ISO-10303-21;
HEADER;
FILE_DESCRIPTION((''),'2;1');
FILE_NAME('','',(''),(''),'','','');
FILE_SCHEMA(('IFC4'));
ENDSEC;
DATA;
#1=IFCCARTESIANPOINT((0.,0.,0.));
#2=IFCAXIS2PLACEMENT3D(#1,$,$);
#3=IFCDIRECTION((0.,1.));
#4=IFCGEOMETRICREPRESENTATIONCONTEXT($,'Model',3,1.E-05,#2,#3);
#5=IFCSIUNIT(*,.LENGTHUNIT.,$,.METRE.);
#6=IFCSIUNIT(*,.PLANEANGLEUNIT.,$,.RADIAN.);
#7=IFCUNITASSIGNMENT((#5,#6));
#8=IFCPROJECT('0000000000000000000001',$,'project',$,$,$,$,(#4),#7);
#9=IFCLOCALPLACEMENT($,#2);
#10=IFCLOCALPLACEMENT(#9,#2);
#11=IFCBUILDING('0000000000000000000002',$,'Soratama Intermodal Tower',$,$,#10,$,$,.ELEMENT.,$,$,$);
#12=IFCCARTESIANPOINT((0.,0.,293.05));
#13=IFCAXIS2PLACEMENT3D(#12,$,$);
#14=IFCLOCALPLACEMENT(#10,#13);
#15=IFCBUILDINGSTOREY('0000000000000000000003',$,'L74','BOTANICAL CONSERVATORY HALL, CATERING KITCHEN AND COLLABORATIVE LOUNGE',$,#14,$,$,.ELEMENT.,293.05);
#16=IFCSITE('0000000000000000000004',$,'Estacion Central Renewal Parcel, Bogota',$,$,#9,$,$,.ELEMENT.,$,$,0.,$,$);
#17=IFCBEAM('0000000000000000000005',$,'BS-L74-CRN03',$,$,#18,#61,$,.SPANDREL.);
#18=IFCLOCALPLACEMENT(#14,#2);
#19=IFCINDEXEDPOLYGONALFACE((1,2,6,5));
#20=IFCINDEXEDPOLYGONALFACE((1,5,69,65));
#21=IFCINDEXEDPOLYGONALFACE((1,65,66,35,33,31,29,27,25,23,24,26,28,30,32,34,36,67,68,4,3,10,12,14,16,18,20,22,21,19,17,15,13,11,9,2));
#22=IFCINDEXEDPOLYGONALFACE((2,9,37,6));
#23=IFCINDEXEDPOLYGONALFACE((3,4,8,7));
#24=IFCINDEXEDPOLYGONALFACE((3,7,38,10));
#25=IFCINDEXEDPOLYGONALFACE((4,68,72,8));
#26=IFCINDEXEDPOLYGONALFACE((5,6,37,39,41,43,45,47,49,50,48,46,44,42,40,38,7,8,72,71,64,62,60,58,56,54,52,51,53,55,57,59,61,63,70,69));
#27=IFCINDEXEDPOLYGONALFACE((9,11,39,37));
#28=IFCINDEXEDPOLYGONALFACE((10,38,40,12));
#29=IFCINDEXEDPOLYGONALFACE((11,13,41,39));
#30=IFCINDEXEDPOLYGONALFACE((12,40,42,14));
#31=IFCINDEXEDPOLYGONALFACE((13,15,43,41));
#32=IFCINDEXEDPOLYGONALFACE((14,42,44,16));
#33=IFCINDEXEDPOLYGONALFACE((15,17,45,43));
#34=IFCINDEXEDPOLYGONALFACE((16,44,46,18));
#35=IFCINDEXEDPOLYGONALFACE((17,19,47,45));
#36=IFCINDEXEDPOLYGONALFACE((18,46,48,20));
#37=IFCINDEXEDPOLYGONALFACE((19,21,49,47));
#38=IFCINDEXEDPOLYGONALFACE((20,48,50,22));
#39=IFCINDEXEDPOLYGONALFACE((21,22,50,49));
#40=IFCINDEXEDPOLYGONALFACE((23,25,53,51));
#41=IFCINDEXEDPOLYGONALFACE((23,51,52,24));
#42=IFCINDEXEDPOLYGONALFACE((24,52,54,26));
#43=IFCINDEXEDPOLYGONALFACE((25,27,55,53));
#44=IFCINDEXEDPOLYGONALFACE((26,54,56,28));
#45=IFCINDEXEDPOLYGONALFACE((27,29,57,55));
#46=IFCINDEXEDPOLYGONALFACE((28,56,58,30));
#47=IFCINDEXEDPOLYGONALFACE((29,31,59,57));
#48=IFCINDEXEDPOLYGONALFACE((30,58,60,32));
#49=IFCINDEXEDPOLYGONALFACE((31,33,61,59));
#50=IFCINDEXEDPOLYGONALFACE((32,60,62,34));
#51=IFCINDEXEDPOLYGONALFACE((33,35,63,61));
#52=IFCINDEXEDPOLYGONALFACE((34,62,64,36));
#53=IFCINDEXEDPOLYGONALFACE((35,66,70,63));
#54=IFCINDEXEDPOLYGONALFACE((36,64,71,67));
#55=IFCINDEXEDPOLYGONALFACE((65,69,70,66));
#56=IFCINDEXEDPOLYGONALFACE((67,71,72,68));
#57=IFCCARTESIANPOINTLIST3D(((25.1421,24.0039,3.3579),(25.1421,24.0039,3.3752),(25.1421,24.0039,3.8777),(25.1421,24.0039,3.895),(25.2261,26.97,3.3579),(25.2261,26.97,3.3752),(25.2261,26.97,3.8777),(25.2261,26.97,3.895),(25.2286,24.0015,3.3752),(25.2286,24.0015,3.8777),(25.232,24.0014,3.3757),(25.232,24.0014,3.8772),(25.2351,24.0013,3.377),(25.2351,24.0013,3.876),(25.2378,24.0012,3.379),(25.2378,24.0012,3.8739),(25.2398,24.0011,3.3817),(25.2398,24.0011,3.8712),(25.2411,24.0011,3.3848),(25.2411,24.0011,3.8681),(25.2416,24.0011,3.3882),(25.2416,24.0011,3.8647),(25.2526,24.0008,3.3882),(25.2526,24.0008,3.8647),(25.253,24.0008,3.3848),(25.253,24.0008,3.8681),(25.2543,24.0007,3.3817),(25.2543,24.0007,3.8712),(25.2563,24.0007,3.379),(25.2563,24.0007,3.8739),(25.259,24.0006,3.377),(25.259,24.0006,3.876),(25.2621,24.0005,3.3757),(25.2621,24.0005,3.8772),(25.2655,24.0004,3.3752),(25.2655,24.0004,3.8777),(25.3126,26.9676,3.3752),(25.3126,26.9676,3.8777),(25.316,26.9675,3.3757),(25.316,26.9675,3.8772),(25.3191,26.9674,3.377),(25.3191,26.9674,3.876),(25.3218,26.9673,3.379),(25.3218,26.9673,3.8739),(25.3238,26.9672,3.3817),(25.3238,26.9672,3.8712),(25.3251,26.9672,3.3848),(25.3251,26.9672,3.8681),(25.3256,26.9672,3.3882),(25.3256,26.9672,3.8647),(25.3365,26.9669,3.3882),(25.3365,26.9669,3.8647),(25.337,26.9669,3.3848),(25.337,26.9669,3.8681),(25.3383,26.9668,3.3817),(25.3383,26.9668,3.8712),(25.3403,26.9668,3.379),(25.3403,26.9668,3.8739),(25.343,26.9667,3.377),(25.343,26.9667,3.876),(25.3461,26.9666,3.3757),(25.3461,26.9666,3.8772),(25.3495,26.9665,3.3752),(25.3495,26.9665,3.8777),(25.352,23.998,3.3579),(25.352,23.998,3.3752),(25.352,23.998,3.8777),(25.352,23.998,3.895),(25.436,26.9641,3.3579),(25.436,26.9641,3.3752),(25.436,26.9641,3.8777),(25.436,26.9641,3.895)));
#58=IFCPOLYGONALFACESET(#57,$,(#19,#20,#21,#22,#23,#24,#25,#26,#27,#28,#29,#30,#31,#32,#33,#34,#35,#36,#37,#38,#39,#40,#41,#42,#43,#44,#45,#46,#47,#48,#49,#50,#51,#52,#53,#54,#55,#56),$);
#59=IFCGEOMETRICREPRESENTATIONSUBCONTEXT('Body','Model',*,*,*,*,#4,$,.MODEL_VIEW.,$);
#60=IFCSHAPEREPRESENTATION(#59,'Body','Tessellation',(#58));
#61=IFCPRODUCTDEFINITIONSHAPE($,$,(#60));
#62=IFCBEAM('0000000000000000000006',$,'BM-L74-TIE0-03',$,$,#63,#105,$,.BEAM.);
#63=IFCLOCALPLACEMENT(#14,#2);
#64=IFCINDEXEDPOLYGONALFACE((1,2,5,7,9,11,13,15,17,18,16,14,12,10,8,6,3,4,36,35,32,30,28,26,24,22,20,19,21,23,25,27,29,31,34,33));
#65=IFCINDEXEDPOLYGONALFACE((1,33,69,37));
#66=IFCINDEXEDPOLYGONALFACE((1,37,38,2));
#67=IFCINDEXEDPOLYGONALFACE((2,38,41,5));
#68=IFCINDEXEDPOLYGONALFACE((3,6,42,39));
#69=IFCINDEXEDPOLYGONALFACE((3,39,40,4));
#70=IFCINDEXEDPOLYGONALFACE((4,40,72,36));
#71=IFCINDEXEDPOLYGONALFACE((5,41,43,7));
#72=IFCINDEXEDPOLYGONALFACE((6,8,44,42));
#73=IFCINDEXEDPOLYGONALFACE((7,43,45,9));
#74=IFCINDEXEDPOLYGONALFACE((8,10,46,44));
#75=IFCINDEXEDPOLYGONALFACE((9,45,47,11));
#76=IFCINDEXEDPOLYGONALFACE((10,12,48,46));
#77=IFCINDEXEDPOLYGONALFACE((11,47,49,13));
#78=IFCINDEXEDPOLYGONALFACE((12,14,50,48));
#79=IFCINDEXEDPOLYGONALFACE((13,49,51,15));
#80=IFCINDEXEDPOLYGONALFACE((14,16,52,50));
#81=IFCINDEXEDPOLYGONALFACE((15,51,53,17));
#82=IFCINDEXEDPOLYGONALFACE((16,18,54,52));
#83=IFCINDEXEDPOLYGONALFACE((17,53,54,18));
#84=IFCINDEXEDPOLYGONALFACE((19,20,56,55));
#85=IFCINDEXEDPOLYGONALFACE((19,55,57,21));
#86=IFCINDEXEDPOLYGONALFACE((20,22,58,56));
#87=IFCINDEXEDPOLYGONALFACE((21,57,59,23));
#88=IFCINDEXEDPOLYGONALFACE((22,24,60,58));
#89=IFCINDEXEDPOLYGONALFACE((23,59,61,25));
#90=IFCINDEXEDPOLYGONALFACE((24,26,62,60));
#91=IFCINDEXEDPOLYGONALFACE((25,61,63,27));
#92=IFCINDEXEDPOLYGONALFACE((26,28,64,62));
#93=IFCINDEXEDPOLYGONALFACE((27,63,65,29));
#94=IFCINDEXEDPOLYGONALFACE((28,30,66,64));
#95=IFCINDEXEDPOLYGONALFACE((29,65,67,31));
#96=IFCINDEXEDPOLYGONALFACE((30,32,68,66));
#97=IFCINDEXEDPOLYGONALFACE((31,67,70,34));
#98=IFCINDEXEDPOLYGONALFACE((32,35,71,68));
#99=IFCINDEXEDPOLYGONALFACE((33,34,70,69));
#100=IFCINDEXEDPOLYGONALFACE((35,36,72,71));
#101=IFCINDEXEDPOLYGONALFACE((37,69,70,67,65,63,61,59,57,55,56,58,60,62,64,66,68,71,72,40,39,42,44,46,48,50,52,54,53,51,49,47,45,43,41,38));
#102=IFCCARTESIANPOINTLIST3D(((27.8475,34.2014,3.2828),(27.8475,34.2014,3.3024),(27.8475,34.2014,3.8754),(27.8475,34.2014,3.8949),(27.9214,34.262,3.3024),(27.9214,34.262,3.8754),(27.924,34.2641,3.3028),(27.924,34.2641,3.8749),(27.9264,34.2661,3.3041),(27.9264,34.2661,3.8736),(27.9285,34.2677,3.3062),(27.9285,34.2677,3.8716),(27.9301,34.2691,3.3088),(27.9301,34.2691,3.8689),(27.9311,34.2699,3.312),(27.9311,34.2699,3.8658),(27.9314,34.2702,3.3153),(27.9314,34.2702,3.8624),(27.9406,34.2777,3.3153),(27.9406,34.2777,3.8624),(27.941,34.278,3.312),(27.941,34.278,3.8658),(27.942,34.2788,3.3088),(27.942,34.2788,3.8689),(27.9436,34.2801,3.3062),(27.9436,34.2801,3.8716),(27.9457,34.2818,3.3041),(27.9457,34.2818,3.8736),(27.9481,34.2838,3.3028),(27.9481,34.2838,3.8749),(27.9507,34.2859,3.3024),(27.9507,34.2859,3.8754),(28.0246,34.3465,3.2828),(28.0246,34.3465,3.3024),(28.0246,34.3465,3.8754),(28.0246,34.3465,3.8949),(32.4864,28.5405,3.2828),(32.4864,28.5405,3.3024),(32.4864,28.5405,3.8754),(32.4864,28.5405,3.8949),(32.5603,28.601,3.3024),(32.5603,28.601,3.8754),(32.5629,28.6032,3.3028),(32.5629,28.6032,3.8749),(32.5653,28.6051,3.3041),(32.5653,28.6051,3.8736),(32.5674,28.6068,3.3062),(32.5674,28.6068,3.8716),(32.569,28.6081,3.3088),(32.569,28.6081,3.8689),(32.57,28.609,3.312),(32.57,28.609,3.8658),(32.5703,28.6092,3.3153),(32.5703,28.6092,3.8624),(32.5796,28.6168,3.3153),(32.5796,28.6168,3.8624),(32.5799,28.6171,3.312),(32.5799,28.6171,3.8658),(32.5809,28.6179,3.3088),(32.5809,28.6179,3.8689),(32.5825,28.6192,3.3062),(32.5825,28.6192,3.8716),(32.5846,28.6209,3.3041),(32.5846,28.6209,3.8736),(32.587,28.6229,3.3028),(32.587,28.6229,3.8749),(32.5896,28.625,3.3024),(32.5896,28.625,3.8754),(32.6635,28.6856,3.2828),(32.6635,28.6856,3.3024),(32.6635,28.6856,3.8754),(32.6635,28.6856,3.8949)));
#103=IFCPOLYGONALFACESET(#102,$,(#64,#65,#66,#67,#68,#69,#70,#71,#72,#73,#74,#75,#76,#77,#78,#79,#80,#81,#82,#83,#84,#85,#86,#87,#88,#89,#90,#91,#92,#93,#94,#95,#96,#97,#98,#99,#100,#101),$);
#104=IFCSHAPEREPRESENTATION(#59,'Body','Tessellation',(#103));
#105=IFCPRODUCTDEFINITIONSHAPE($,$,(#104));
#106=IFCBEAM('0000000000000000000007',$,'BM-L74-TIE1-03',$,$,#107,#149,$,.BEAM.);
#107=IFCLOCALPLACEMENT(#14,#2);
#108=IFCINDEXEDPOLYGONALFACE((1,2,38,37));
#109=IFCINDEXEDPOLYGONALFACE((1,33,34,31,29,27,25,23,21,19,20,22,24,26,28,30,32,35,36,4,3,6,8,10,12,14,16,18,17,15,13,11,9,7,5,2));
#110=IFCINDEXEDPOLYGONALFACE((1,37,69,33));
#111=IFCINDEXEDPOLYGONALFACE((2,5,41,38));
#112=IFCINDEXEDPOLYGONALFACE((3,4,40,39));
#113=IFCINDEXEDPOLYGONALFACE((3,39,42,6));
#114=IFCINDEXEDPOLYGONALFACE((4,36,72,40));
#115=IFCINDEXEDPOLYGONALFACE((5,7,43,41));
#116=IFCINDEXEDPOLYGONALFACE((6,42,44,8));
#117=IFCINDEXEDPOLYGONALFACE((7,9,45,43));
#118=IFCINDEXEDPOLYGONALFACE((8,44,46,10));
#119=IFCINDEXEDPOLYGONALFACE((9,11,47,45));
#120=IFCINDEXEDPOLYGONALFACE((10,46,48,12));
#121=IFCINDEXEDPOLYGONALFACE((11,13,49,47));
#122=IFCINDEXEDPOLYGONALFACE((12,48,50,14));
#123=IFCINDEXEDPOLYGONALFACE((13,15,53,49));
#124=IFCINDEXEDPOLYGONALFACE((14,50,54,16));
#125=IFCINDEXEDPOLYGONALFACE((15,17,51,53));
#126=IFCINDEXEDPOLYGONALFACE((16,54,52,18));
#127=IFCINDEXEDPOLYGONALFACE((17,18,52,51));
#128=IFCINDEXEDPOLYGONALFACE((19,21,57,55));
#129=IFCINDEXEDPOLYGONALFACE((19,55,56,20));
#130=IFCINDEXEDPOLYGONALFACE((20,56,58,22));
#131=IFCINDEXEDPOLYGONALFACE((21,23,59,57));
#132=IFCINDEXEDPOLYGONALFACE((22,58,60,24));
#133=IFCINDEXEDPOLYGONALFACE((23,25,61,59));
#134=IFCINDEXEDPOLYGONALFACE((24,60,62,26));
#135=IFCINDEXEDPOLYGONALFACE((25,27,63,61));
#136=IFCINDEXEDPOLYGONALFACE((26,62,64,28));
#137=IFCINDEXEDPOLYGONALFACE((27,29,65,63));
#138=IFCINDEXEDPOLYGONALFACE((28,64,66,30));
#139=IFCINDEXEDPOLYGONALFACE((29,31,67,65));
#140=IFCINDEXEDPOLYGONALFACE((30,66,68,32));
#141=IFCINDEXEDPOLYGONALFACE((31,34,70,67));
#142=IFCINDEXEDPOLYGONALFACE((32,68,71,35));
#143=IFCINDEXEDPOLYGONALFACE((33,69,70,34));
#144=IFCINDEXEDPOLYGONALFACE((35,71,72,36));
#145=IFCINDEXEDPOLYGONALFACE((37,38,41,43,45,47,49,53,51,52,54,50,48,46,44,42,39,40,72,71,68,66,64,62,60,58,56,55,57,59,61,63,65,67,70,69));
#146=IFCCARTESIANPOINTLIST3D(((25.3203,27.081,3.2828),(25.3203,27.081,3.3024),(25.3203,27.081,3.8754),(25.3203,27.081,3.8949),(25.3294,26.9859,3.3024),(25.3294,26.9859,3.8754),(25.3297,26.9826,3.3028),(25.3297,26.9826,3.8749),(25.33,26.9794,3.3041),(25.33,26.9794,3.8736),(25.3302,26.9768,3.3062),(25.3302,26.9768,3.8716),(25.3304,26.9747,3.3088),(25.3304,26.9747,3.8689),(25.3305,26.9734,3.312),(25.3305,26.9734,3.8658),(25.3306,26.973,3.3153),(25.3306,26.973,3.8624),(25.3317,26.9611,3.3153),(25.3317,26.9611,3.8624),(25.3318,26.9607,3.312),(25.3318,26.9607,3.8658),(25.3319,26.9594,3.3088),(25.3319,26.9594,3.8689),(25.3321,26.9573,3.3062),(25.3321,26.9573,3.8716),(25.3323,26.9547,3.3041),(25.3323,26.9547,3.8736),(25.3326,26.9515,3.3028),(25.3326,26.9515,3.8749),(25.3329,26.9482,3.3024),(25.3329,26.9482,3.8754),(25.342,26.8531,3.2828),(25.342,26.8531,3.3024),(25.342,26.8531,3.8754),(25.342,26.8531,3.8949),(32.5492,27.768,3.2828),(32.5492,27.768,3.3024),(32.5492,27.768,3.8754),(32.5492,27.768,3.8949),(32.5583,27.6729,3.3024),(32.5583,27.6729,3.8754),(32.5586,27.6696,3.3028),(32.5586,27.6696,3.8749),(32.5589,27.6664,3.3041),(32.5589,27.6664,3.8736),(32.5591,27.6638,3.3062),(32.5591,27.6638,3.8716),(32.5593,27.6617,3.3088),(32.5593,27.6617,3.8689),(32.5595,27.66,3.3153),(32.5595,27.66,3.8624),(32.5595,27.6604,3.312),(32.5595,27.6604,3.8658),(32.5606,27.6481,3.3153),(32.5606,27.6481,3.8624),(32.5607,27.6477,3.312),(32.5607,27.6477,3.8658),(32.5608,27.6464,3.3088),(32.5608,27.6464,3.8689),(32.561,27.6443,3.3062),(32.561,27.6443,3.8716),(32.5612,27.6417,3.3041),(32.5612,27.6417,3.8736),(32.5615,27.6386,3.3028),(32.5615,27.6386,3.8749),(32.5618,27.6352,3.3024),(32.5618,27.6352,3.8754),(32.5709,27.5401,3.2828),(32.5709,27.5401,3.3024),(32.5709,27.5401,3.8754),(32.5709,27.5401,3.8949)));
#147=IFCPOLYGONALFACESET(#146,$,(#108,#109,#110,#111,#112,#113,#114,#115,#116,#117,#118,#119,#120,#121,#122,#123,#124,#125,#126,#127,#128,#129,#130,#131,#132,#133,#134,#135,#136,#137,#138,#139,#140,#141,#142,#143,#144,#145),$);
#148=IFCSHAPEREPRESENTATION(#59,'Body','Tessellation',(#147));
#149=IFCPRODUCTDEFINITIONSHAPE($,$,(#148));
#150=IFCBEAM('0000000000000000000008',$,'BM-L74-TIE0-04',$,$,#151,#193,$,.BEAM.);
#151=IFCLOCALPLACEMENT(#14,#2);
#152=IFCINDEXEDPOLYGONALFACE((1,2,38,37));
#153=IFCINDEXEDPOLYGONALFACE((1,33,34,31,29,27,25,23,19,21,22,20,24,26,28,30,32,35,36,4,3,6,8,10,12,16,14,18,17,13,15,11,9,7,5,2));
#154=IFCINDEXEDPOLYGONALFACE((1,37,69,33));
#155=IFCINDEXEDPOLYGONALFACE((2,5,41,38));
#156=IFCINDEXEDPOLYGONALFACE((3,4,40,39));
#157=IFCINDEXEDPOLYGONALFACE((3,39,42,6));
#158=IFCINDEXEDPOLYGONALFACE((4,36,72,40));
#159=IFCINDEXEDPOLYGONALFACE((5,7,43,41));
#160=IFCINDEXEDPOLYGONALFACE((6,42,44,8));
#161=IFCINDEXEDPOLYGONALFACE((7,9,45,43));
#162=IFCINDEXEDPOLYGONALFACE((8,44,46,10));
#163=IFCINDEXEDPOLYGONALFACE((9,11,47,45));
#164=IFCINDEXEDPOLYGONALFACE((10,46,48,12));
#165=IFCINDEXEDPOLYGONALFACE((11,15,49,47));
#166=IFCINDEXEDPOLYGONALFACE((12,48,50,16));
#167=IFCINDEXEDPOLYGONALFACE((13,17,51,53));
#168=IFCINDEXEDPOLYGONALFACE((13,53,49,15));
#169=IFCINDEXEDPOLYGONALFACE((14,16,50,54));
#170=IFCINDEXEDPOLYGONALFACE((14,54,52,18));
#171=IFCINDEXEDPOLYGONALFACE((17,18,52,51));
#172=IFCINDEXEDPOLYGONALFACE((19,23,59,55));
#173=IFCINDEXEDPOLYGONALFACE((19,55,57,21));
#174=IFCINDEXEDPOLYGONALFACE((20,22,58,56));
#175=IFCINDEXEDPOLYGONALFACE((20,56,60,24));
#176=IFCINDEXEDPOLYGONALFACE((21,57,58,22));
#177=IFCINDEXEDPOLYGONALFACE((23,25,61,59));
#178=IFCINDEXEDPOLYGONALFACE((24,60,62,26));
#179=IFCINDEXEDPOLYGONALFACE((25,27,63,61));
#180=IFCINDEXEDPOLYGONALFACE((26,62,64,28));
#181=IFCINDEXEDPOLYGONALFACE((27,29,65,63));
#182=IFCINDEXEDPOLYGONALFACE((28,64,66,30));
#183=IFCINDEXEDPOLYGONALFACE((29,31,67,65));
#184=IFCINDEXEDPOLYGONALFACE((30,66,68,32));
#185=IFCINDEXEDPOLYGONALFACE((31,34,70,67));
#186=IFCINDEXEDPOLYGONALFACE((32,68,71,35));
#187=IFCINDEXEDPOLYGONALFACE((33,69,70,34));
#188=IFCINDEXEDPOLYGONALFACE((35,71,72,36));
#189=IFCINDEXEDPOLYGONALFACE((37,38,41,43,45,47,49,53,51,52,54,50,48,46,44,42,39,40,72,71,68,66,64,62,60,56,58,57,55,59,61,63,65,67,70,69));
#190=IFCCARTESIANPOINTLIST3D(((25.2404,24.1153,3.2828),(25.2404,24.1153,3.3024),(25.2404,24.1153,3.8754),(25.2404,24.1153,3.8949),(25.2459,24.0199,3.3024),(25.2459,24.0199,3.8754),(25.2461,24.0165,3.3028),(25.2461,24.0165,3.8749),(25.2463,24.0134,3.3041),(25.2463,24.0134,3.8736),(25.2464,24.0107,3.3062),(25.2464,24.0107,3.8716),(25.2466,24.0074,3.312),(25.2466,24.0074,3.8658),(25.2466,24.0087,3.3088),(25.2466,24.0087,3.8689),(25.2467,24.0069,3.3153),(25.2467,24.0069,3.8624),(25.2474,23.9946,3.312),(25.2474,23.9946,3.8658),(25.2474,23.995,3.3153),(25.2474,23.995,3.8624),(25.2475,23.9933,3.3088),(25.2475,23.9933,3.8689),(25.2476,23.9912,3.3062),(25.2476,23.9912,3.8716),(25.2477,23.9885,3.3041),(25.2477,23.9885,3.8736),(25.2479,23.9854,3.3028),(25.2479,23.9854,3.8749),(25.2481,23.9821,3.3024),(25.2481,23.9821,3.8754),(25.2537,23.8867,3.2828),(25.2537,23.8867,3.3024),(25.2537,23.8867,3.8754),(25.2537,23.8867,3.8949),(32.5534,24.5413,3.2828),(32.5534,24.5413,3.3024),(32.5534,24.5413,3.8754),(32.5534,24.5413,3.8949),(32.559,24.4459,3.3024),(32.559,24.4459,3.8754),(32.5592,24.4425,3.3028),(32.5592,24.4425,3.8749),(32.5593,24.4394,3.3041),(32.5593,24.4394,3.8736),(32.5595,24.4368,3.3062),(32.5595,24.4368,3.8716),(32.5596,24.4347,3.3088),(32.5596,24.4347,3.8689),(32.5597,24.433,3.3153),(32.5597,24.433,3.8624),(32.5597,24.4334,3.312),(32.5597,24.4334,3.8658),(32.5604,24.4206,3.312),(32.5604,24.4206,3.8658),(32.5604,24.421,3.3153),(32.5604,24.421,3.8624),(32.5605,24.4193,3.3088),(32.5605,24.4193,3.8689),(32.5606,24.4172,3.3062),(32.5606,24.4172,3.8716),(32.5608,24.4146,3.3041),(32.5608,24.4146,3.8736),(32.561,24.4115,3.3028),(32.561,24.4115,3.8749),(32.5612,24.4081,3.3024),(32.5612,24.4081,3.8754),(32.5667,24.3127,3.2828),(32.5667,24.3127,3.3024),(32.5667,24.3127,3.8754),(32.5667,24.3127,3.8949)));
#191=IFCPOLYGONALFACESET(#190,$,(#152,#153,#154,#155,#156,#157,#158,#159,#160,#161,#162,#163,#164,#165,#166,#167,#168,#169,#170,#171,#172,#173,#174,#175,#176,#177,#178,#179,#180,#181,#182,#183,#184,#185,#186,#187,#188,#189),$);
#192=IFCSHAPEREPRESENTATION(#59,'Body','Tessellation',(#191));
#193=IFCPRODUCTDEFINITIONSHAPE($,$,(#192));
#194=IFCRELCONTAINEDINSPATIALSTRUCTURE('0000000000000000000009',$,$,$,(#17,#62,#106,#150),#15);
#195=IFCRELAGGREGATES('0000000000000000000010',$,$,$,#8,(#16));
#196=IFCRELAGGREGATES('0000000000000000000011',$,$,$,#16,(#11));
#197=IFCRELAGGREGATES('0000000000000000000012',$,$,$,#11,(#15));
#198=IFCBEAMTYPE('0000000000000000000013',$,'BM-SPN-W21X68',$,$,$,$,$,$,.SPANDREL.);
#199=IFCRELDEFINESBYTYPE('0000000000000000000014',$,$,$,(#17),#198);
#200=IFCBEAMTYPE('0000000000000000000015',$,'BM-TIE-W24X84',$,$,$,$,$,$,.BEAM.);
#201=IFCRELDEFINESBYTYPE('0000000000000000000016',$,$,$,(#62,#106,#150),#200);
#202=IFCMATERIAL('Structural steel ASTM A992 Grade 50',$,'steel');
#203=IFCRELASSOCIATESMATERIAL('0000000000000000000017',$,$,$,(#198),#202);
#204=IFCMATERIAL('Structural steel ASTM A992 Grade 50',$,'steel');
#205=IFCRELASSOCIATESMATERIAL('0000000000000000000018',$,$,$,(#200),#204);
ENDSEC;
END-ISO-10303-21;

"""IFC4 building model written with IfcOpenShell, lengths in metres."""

from ifc_helpers import new_model, si_unit, direction, frame, origin, origin_2d, place, context, subcontext, project, spatial, i_section, extrude, material, material_profile, profile_set, type_object, element, save


model = new_model("IFC4")

# Units and contexts
model_context = context("Model", 3, precision=1e-05, world=origin(), true_north=direction((0.0, 1.0)))
body_context = subcontext(model_context, "Body", "Model", "MODEL_VIEW")
ifc_project = project(units=[si_unit("LENGTHUNIT", "METRE"), si_unit("PLANEANGLEUNIT", "RADIAN")], contexts=[model_context])

# Site, building, storey
site_placement = place(None, origin())
site = spatial("IfcSite", under=ifc_project, at=site_placement, Name="Estacion Central Renewal Parcel, Bogota", CompositionType="ELEMENT", RefElevation=0.0)
building_placement = place(site_placement, origin())
building = spatial("IfcBuilding", under=site, at=building_placement, Name="Soratama Intermodal Tower", CompositionType="ELEMENT")
storey_placement = place(building_placement, frame((0.0, 0.0, 293.05)))
storey = spatial("IfcBuildingStorey", under=building, at=storey_placement, Name="L74", Description="BOTANICAL CONSERVATORY HALL, CATERING KITCHEN AND COLLABORATIVE LOUNGE", CompositionType="ELEMENT", Elevation=293.05)

# Beams
ifc_material_1 = material(Name="Structural steel ASTM A992 Grade 50", Category="steel")
ifc_material_profile_1 = material_profile(ifc_material_1, i_section(OverallWidth=0.21, OverallDepth=0.5371, WebThickness=0.011, FlangeThickness=0.0173, FilletRadius=0.0129, at=origin_2d()), Name="W21X68")
ifc_profile_set_1 = profile_set([ifc_material_profile_1], Name="Structural steel ASTM A992 Grade 50")
beam_type_1 = type_object("IfcBeamType", Name="BM-SPN-W21X68", PredefinedType="SPANDREL", material=ifc_profile_set_1)
beam_1_placement = place(storey_placement, frame((25.3311, 26.967, 3.6265), z_axis=(-0.028304, -0.999599, 0.0), x_axis=(0.999599, -0.028304, 0.0)))
element("IfcBeam", 1, at=beam_1_placement, inside=storey, type_object=beam_type_1, Name="BS-L74-CRN03", PredefinedType="SPANDREL", context=body_context, shape_type="SweptSolid", body=[
    extrude(i_section(OverallWidth=0.21, OverallDepth=0.5371, WebThickness=0.011, FlangeThickness=0.0173, FilletRadius=0.0129, at=origin_2d()), origin(), (0.0, 0.0, 1.0), 2.9673),
])
ifc_material_2 = material(Name="Structural steel ASTM A992 Grade 50", Category="steel")
ifc_material_profile_2 = material_profile(ifc_material_2, i_section(OverallWidth=0.229, OverallDepth=0.6121, WebThickness=0.012, FlangeThickness=0.0195, FilletRadius=0.0129, at=origin_2d()), Name="W24X84")
ifc_profile_set_2 = profile_set([ifc_material_profile_2], Name="Structural steel ASTM A992 Grade 50")
beam_type_2 = type_object("IfcBeamType", Name="BM-TIE-W24X84", PredefinedType="BEAM", material=ifc_profile_set_2)
beam_2_placement = place(storey_placement, frame((32.575, 28.613, 3.5889), z_axis=(-0.633833, 0.77347, 0.0), x_axis=(-0.77347, -0.633833, 0.0)))
element("IfcBeam", 2, at=beam_2_placement, inside=storey, type_object=beam_type_2, Name="BM-L74-TIE0-03", PredefinedType="BEAM", context=body_context, shape_type="SweptSolid", body=[
    extrude(i_section(OverallWidth=0.229, OverallDepth=0.6121, WebThickness=0.012, FlangeThickness=0.0195, FilletRadius=0.0129, at=origin_2d()), origin(), (0.0, 0.0, 1.0), 7.3188),
])
beam_3_placement = place(storey_placement, frame((32.5601, 27.6541, 3.5889), z_axis=(-0.995514, -0.094609, 0.0), x_axis=(0.094609, -0.995514, 0.0)))
element("IfcBeam", 3, at=beam_3_placement, inside=storey, type_object=beam_type_2, Name="BM-L74-TIE1-03", PredefinedType="BEAM", context=body_context, shape_type="SweptSolid", body=[
    extrude(i_section(OverallWidth=0.229, OverallDepth=0.6121, WebThickness=0.012, FlangeThickness=0.0195, FilletRadius=0.0129, at=origin_2d()), origin(), (0.0, 0.0, 1.0), 7.2615),
])
beam_4_placement = place(storey_placement, frame((32.5601, 24.427, 3.5889), z_axis=(-0.998307, -0.058157, 0.0), x_axis=(0.058157, -0.998307, 0.0)))
element("IfcBeam", 4, at=beam_4_placement, inside=storey, type_object=beam_type_2, Name="BM-L74-TIE0-04", PredefinedType="BEAM", context=body_context, shape_type="SweptSolid", body=[
    extrude(i_section(OverallWidth=0.229, OverallDepth=0.6121, WebThickness=0.012, FlangeThickness=0.0195, FilletRadius=0.0129, at=origin_2d()), origin(), (0.0, 0.0, 1.0), 7.3254),
])

save(model, "model.ifc")
